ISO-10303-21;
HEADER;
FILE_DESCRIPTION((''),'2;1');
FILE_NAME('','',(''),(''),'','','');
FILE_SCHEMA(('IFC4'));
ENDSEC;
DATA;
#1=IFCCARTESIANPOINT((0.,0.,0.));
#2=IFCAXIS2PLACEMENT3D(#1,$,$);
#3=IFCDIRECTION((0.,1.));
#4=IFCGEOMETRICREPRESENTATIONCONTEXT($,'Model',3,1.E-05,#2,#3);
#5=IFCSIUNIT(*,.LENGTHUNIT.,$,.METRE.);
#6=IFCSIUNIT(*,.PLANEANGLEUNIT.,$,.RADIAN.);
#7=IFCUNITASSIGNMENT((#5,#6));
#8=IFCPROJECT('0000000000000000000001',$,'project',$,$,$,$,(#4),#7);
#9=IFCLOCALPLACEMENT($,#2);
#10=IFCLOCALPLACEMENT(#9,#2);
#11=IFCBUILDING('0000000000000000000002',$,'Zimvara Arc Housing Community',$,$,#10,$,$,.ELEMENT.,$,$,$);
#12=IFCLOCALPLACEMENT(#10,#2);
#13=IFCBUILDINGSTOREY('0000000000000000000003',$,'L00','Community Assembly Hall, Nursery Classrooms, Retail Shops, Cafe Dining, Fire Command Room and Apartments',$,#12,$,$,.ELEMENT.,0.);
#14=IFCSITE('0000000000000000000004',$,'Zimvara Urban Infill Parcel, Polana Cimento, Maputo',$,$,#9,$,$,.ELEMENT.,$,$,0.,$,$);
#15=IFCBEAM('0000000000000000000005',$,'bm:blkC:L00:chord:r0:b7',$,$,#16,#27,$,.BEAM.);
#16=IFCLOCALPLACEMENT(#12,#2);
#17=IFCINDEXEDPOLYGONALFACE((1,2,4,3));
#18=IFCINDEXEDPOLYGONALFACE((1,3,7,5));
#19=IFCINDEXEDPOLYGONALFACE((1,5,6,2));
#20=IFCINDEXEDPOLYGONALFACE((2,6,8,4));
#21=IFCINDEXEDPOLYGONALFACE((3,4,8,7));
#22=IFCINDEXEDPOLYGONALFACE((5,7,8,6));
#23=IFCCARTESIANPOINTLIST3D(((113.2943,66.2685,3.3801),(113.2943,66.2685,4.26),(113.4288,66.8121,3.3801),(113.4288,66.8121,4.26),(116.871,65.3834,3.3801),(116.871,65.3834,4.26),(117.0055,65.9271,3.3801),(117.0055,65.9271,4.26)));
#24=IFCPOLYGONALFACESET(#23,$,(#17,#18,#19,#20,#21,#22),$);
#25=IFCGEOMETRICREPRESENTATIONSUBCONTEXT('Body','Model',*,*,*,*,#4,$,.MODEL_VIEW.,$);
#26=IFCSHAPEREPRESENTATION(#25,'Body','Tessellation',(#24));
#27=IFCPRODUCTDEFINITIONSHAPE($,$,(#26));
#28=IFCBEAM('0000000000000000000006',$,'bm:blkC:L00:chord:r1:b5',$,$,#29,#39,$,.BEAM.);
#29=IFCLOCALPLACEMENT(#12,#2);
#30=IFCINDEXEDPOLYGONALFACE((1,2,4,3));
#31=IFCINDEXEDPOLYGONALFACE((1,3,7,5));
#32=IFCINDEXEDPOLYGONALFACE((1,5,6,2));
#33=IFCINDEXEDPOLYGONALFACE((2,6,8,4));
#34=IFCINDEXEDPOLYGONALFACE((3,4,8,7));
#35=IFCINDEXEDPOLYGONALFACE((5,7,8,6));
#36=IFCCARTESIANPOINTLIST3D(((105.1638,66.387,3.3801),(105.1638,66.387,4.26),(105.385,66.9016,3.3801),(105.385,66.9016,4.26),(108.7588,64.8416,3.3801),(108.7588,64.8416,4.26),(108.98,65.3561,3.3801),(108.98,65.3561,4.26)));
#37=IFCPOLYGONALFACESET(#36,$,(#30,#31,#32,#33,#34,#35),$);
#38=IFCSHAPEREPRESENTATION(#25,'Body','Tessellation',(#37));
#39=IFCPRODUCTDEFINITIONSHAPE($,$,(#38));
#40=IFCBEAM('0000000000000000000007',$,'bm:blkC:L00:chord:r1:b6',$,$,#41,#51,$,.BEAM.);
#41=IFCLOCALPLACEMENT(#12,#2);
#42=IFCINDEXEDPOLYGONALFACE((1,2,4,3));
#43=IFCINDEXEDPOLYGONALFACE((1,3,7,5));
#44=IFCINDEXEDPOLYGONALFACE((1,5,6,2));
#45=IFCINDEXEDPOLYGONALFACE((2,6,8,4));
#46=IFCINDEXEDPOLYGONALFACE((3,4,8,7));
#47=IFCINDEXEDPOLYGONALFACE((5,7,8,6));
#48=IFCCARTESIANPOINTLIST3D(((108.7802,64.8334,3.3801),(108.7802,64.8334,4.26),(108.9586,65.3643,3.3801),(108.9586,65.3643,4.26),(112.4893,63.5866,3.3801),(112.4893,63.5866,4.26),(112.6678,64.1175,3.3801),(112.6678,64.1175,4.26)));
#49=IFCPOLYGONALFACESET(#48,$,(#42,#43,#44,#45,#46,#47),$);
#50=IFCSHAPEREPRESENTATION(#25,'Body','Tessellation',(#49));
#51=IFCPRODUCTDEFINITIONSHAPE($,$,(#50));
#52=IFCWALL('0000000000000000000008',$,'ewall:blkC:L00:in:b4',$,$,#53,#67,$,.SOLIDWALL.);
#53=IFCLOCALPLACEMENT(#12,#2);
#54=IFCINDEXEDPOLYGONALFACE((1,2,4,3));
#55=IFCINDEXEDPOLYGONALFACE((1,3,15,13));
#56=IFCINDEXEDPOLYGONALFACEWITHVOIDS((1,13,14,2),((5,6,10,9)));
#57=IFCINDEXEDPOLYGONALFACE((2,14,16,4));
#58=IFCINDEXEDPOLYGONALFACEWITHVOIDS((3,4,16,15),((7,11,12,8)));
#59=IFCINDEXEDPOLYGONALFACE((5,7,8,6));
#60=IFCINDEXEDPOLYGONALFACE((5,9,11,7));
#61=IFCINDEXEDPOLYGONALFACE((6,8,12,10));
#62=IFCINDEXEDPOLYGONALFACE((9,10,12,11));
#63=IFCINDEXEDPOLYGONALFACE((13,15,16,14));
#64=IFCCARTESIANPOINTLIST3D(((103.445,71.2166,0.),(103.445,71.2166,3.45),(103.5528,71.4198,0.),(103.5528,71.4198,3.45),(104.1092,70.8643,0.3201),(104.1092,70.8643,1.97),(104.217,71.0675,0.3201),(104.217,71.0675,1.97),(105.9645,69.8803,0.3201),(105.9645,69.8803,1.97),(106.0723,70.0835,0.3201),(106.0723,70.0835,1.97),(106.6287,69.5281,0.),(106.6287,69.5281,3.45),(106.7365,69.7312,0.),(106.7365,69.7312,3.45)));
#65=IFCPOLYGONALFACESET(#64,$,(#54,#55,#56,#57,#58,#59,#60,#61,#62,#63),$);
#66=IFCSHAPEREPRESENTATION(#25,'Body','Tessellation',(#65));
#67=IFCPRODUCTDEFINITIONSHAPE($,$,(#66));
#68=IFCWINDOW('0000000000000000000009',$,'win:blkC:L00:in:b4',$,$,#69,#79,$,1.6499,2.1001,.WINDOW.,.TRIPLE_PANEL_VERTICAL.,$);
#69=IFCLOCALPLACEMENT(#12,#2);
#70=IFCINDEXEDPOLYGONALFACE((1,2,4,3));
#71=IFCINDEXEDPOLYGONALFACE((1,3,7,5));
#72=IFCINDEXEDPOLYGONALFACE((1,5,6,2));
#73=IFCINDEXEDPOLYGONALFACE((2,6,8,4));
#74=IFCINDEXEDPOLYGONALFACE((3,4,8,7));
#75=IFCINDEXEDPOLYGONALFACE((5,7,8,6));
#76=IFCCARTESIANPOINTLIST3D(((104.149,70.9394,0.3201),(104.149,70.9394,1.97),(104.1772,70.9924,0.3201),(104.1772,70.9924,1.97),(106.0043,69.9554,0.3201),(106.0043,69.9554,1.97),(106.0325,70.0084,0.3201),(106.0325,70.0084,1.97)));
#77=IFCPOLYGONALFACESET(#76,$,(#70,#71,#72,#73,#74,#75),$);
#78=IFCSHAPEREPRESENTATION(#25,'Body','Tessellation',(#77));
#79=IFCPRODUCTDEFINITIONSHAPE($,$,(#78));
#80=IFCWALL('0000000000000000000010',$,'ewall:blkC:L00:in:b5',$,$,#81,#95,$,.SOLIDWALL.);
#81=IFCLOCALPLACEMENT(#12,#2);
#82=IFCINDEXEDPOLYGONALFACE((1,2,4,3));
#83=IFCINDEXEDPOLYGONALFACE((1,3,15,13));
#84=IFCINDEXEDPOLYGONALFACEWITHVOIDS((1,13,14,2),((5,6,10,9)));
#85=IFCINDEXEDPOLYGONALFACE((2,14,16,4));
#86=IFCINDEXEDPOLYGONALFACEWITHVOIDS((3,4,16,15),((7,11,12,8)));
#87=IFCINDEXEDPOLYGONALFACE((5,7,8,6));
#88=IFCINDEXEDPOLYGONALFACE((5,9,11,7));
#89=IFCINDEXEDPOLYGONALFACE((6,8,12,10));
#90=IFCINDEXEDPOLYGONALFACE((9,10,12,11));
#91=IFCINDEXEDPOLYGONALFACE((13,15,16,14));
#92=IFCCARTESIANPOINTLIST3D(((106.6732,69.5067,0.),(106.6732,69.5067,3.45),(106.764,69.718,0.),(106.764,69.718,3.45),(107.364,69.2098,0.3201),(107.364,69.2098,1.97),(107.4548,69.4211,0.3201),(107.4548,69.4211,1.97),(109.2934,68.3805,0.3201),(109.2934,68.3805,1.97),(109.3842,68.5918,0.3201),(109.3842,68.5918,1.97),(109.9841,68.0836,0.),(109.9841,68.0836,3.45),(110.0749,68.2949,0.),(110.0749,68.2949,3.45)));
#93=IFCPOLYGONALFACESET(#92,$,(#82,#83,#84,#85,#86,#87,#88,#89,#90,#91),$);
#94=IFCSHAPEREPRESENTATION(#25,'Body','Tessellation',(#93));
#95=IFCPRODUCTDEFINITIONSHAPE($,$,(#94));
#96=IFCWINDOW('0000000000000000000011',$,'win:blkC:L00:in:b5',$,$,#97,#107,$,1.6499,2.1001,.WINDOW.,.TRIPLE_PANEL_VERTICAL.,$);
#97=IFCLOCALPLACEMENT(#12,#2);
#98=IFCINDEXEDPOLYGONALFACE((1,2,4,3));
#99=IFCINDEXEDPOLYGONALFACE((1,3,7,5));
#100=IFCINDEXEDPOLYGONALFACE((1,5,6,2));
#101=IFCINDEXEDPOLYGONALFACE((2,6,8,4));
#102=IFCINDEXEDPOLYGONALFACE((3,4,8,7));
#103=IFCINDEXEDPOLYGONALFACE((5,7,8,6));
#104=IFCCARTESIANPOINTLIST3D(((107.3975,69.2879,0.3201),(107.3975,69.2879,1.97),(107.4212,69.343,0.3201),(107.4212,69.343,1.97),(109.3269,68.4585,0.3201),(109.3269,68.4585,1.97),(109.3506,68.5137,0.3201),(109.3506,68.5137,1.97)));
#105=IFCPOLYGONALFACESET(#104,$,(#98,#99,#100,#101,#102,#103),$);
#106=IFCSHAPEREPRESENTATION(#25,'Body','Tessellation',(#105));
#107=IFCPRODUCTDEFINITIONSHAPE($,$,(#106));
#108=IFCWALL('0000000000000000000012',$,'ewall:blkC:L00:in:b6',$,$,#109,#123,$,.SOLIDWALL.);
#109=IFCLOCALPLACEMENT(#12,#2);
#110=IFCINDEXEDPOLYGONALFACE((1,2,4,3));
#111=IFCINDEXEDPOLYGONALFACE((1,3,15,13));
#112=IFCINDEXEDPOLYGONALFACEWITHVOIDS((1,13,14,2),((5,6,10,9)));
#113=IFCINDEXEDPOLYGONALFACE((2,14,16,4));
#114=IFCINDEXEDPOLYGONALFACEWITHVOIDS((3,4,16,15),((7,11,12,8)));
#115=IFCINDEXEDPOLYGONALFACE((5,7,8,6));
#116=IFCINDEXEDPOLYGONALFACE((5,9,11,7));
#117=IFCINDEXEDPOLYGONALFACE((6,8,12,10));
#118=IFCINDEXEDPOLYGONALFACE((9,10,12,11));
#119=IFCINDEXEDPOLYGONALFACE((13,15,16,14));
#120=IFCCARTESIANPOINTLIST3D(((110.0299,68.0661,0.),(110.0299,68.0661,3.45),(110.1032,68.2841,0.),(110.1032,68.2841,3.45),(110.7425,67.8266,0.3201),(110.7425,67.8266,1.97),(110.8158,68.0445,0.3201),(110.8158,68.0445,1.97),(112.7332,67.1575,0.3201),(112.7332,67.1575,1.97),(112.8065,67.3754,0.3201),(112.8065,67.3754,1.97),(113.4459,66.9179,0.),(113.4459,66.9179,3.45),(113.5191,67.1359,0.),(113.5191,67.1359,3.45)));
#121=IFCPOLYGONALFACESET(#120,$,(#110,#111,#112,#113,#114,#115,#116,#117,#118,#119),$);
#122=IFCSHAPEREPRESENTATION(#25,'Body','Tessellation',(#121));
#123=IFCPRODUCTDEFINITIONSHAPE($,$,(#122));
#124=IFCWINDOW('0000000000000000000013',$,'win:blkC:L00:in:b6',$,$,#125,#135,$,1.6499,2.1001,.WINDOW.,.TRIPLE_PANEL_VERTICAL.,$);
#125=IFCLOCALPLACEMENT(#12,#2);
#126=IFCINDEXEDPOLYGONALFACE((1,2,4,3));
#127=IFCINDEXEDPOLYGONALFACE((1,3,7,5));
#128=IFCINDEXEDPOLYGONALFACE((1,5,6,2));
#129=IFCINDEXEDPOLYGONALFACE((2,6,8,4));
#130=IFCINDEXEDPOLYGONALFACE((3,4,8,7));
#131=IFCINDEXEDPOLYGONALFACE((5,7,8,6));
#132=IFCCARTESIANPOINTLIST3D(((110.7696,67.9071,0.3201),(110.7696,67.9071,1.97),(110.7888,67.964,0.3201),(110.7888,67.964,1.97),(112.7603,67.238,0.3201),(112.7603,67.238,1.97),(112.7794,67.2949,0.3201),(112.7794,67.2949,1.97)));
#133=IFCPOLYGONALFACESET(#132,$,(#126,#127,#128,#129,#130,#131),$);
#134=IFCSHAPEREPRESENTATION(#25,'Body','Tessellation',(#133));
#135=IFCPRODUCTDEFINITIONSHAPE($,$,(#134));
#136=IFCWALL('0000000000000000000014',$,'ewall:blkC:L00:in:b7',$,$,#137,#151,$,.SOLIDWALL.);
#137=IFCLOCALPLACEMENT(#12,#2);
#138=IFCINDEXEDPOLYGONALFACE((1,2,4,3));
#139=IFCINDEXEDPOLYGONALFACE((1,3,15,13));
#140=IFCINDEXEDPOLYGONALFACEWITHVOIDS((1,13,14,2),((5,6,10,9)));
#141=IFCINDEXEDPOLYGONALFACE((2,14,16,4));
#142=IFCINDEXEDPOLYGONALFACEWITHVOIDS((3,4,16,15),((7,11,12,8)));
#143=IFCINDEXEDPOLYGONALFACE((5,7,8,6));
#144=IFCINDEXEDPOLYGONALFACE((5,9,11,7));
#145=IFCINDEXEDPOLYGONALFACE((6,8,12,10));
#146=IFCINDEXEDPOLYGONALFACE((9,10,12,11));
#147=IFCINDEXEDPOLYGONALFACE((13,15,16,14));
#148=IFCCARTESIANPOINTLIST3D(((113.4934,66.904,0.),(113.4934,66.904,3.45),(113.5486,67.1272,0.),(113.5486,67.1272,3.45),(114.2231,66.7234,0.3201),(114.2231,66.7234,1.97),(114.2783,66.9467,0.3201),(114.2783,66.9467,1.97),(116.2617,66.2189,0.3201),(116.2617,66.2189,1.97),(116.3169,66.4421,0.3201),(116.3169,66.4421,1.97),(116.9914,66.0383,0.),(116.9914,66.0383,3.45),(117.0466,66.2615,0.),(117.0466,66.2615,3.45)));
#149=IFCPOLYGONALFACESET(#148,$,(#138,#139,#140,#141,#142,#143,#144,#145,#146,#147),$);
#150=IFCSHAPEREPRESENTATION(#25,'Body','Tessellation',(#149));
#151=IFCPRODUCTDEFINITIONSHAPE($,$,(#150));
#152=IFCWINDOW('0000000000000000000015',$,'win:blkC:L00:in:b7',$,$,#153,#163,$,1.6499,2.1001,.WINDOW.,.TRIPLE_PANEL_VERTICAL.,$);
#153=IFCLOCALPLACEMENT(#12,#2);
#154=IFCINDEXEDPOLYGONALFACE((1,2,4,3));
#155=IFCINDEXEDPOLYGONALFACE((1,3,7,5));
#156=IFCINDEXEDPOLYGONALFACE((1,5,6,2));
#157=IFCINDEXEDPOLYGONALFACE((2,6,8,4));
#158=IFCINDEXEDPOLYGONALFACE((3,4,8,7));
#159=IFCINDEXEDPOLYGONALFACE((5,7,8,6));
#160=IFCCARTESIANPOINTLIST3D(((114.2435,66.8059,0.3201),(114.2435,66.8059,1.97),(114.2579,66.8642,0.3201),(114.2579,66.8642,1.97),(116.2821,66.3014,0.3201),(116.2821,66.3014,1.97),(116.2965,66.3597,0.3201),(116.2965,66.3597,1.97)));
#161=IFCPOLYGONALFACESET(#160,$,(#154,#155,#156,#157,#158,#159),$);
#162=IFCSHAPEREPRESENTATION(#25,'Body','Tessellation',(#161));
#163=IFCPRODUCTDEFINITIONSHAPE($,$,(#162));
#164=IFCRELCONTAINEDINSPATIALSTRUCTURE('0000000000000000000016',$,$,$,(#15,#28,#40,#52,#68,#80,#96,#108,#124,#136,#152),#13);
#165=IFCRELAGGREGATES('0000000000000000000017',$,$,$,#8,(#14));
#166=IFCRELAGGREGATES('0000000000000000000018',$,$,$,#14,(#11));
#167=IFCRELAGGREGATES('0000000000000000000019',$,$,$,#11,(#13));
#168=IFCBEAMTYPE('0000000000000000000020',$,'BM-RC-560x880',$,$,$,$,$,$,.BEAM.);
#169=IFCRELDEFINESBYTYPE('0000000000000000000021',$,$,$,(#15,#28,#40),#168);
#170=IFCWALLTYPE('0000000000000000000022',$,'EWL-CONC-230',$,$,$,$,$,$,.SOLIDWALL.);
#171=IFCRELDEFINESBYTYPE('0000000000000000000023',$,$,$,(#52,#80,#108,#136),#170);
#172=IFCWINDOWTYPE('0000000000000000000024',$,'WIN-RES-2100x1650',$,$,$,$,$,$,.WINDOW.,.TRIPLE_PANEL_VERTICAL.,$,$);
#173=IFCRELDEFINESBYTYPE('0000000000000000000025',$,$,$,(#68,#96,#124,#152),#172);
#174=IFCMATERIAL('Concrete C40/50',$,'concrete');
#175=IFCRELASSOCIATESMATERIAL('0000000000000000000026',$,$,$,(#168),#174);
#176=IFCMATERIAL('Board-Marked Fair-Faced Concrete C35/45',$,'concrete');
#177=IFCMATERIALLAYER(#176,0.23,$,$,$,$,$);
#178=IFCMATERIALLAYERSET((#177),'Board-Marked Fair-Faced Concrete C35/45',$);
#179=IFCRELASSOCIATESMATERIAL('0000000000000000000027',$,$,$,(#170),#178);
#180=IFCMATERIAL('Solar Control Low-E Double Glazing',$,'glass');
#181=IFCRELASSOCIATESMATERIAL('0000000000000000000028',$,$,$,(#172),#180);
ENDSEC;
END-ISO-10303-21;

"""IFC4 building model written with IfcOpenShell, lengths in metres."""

from ifc_helpers import new_model, si_unit, direction, frame, frame_2d, origin, origin_2d, place, context, subcontext, project, spatial, rectangle, extrude, material, layer, layer_set, material_profile, profile_set, type_object, element, fill, save


model = new_model("IFC4")

# Units and contexts
model_context = context("Model", 3, precision=1e-05, world=origin(), true_north=direction((0.0, 1.0)))
body_context = subcontext(model_context, "Body", "Model", "MODEL_VIEW")
ifc_project = project(units=[si_unit("LENGTHUNIT", "METRE"), si_unit("PLANEANGLEUNIT", "RADIAN")], contexts=[model_context])

# Site, building, storey
site_placement = place(None, origin())
site = spatial("IfcSite", under=ifc_project, at=site_placement, Name="Zimvara Urban Infill Parcel, Polana Cimento, Maputo", CompositionType="ELEMENT", RefElevation=0.0)
building_placement = place(site_placement, origin())
building = spatial("IfcBuilding", under=site, at=building_placement, Name="Zimvara Arc Housing Community", CompositionType="ELEMENT")
storey_placement = place(building_placement, origin())
storey = spatial("IfcBuildingStorey", under=building, at=storey_placement, Name="L00", Description="Community Assembly Hall, Nursery Classrooms, Retail Shops, Cafe Dining, Fire Command Room and Apartments", CompositionType="ELEMENT", Elevation=0.0)

# Beams
ifc_material_1 = material(Name="Concrete C40/50", Category="concrete")
ifc_material_profile_1 = material_profile(ifc_material_1, rectangle(XDim=0.5601, YDim=0.8799, at=origin_2d()), Name="RC 560x880")
ifc_profile_set_1 = profile_set([ifc_material_profile_1], Name="Concrete C40/50")
beam_type_1 = type_object("IfcBeamType", Name="BM-RC-560x880", PredefinedType="BEAM", material=ifc_profile_set_1)
beam_1_placement = place(storey_placement, frame((113.3616, 66.5403, 3.8201), z_axis=(0.970724, -0.240196, 0.0), x_axis=(0.240196, 0.970724, 0.0)))
element("IfcBeam", 1, at=beam_1_placement, inside=storey, type_object=beam_type_1, Name="bm:blkC:L00:chord:r0:b7", PredefinedType="BEAM", context=body_context, shape_type="SweptSolid", body=[
    extrude(rectangle(XDim=0.5601, YDim=0.8799, at=origin_2d()), origin(), (0.0, 0.0, 1.0), 3.6846),
])
for number, where, z_axis, x_axis, name in (
    (2, (105.2744, 66.6443, 3.8201), (0.918709, -0.394936, 0.0), (0.394936, 0.918709, 0.0), "bm:blkC:L00:chord:r1:b5"),
    (3, (108.8694, 65.0989, 3.8201), (0.947882, -0.318623, 0.0), (0.318623, 0.947882, 0.0), "bm:blkC:L00:chord:r1:b6"),
):
    element("IfcBeam", number, at=place(storey_placement, frame(where, z_axis=z_axis, x_axis=x_axis)), inside=storey, type_object=beam_type_1, Name=name, PredefinedType="BEAM", context=body_context, shape_type="SweptSolid", body=[
        extrude(rectangle(XDim=0.5601, YDim=0.8799, at=origin_2d()), origin(), (0.0, 0.0, 1.0), 3.9131),
    ])

# Walls, openings, windows
ifc_material_2 = material(Name="Board-Marked Fair-Faced Concrete C35/45", Category="concrete")
ifc_layer_1 = layer(ifc_material_2, 0.23)
ifc_layer_set_1 = layer_set([ifc_layer_1], Name="Board-Marked Fair-Faced Concrete C35/45")
wall_type_1 = type_object("IfcWallType", Name="EWL-CONC-230", PredefinedType="SOLIDWALL", material=ifc_layer_set_1)
wall_1_placement = place(storey_placement, frame((103.499, 71.3181, 0.0), z_axis=(0.0, 0.0, 1.0), x_axis=(0.883438, -0.468547, 0.0)))
wall_1 = element("IfcWall", 4, at=wall_1_placement, inside=storey, type_object=wall_type_1, Name="ewall:blkC:L00:in:b4", PredefinedType="SOLIDWALL", context=body_context, shape_type="SweptSolid", body=[
    extrude(rectangle(XDim=3.6038, YDim=0.23, at=frame_2d((1.8018, 0.0))), origin(), (0.0, 0.0, 1.0), 3.45),
])
opening_1_placement = place(wall_1_placement, frame((0.7517, 0.0, 0.3201)))
opening_1 = element("IfcOpeningElement", 5, at=opening_1_placement, cuts=wall_1, PredefinedType="OPENING", context=body_context, shape_type="SweptSolid", body=[
    extrude(rectangle(XDim=2.1001, YDim=1.6499, at=frame_2d((1.05, 0.825))), frame((0.0, 0.125, 0.0), z_axis=(0.0, -1.0, 0.0), x_axis=(1.0, 0.0, 0.0)), (0.0, 0.0, 1.0), 0.25),
])
ifc_material_3 = material(Name="Solar Control Low-E Double Glazing", Category="glass")
window_type = type_object("IfcWindowType", Name="WIN-RES-2100x1650", PartitioningType="TRIPLE_PANEL_VERTICAL", PredefinedType="WINDOW", material=ifc_material_3)
window_1_placement = place(opening_1_placement, origin())
window_1 = element("IfcWindow", 6, at=window_1_placement, inside=storey, type_object=window_type, Name="win:blkC:L00:in:b4", OverallHeight=1.6499, OverallWidth=2.1001, PartitioningType="TRIPLE_PANEL_VERTICAL", PredefinedType="WINDOW", context=body_context, shape_type="SweptSolid", body=[
    extrude(rectangle(XDim=2.1001, YDim=1.6499, at=frame_2d((1.05, 0.825))), frame((0.0, 0.03, 0.0), z_axis=(0.0, -1.0, 0.0), x_axis=(1.0, 0.0, 0.0)), (0.0, 0.0, 1.0), 0.0601),
])
fill(opening_1, window_1)
wall_2_placement = place(storey_placement, frame((106.7188, 69.6123, 0.0), z_axis=(0.0, 0.0, 1.0), x_axis=(0.918724, -0.3949, 0.0)))
wall_2 = element("IfcWall", 7, at=wall_2_placement, inside=storey, type_object=wall_type_1, Name="ewall:blkC:L00:in:b5", PredefinedType="SOLIDWALL", context=body_context, shape_type="SweptSolid", body=[
    extrude(rectangle(XDim=3.6038, YDim=0.23, at=frame_2d((1.8018, 0.0))), origin(), (0.0, 0.0, 1.0), 3.45),
])
opening_2_placement = place(wall_2_placement, frame((0.7517, 0.0, 0.3201)))
opening_2 = element("IfcOpeningElement", 8, at=opening_2_placement, cuts=wall_2, PredefinedType="OPENING", context=body_context, shape_type="SweptSolid", body=[
    extrude(rectangle(XDim=2.1001, YDim=1.6499, at=frame_2d((1.05, 0.825))), frame((0.0, 0.125, 0.0), z_axis=(0.0, -1.0, 0.0), x_axis=(1.0, 0.0, 0.0)), (0.0, 0.0, 1.0), 0.25),
])
window_2_placement = place(opening_2_placement, origin())
window_2 = element("IfcWindow", 9, at=window_2_placement, inside=storey, type_object=window_type, Name="win:blkC:L00:in:b5", OverallHeight=1.6499, OverallWidth=2.1001, PartitioningType="TRIPLE_PANEL_VERTICAL", PredefinedType="WINDOW", context=body_context, shape_type="SweptSolid", body=[
    extrude(rectangle(XDim=2.1001, YDim=1.6499, at=frame_2d((1.05, 0.825))), frame((0.0, 0.03, 0.0), z_axis=(0.0, -1.0, 0.0), x_axis=(1.0, 0.0, 0.0)), (0.0, 0.0, 1.0), 0.0601),
])
fill(opening_2, window_2)
wall_3_placement = place(storey_placement, frame((110.0667, 68.175, 0.0), z_axis=(0.0, 0.0, 1.0), x_axis=(0.947888, -0.318605, 0.0)))
wall_3 = element("IfcWall", 10, at=wall_3_placement, inside=storey, type_object=wall_type_1, Name="ewall:blkC:L00:in:b6", PredefinedType="SOLIDWALL", context=body_context, shape_type="SweptSolid", body=[
    extrude(rectangle(XDim=3.6038, YDim=0.23, at=frame_2d((1.8018, 0.0))), origin(), (0.0, 0.0, 1.0), 3.45),
])
opening_3_placement = place(wall_3_placement, frame((0.7517, 0.0, 0.3201)))
opening_3 = element("IfcOpeningElement", 11, at=opening_3_placement, cuts=wall_3, PredefinedType="OPENING", context=body_context, shape_type="SweptSolid", body=[
    extrude(rectangle(XDim=2.1001, YDim=1.6499, at=frame_2d((1.05, 0.825))), frame((0.0, 0.125, 0.0), z_axis=(0.0, -1.0, 0.0), x_axis=(1.0, 0.0, 0.0)), (0.0, 0.0, 1.0), 0.25),
])
window_3_placement = place(opening_3_placement, origin())
window_3 = element("IfcWindow", 12, at=window_3_placement, inside=storey, type_object=window_type, Name="win:blkC:L00:in:b6", OverallHeight=1.6499, OverallWidth=2.1001, PartitioningType="TRIPLE_PANEL_VERTICAL", PredefinedType="WINDOW", context=body_context, shape_type="SweptSolid", body=[
    extrude(rectangle(XDim=2.1001, YDim=1.6499, at=frame_2d((1.05, 0.825))), frame((0.0, 0.03, 0.0), z_axis=(0.0, -1.0, 0.0), x_axis=(1.0, 0.0, 0.0)), (0.0, 0.0, 1.0), 0.0601),
])
fill(opening_3, window_3)
wall_4_placement = place(storey_placement, frame((113.521, 67.0156, 0.0), z_axis=(0.0, 0.0, 1.0), x_axis=(0.970714, -0.240239, 0.0)))
wall_4 = element("IfcWall", 13, at=wall_4_placement, inside=storey, type_object=wall_type_1, Name="ewall:blkC:L00:in:b7", PredefinedType="SOLIDWALL", context=body_context, shape_type="SweptSolid", body=[
    extrude(rectangle(XDim=3.6035, YDim=0.23, at=frame_2d((1.8018, 0.0))), origin(), (0.0, 0.0, 1.0), 3.45),
])
opening_4_placement = place(wall_4_placement, frame((0.7517, 0.0, 0.3201)))
opening_4 = element("IfcOpeningElement", 14, at=opening_4_placement, cuts=wall_4, PredefinedType="OPENING", context=body_context, shape_type="SweptSolid", body=[
    extrude(rectangle(XDim=2.1001, YDim=1.6499, at=frame_2d((1.05, 0.825))), frame((0.0, 0.125, 0.0), z_axis=(0.0, -1.0, 0.0), x_axis=(1.0, 0.0, 0.0)), (0.0, 0.0, 1.0), 0.25),
])
window_4_placement = place(opening_4_placement, origin())
window_4 = element("IfcWindow", 15, at=window_4_placement, inside=storey, type_object=window_type, Name="win:blkC:L00:in:b7", OverallHeight=1.6499, OverallWidth=2.1001, PartitioningType="TRIPLE_PANEL_VERTICAL", PredefinedType="WINDOW", context=body_context, shape_type="SweptSolid", body=[
    extrude(rectangle(XDim=2.1001, YDim=1.6499, at=frame_2d((1.05, 0.825))), frame((0.0, 0.03, 0.0), z_axis=(0.0, -1.0, 0.0), x_axis=(1.0, 0.0, 0.0)), (0.0, 0.0, 1.0), 0.0601),
])
fill(opening_4, window_4)

save(model, "model.ifc")
